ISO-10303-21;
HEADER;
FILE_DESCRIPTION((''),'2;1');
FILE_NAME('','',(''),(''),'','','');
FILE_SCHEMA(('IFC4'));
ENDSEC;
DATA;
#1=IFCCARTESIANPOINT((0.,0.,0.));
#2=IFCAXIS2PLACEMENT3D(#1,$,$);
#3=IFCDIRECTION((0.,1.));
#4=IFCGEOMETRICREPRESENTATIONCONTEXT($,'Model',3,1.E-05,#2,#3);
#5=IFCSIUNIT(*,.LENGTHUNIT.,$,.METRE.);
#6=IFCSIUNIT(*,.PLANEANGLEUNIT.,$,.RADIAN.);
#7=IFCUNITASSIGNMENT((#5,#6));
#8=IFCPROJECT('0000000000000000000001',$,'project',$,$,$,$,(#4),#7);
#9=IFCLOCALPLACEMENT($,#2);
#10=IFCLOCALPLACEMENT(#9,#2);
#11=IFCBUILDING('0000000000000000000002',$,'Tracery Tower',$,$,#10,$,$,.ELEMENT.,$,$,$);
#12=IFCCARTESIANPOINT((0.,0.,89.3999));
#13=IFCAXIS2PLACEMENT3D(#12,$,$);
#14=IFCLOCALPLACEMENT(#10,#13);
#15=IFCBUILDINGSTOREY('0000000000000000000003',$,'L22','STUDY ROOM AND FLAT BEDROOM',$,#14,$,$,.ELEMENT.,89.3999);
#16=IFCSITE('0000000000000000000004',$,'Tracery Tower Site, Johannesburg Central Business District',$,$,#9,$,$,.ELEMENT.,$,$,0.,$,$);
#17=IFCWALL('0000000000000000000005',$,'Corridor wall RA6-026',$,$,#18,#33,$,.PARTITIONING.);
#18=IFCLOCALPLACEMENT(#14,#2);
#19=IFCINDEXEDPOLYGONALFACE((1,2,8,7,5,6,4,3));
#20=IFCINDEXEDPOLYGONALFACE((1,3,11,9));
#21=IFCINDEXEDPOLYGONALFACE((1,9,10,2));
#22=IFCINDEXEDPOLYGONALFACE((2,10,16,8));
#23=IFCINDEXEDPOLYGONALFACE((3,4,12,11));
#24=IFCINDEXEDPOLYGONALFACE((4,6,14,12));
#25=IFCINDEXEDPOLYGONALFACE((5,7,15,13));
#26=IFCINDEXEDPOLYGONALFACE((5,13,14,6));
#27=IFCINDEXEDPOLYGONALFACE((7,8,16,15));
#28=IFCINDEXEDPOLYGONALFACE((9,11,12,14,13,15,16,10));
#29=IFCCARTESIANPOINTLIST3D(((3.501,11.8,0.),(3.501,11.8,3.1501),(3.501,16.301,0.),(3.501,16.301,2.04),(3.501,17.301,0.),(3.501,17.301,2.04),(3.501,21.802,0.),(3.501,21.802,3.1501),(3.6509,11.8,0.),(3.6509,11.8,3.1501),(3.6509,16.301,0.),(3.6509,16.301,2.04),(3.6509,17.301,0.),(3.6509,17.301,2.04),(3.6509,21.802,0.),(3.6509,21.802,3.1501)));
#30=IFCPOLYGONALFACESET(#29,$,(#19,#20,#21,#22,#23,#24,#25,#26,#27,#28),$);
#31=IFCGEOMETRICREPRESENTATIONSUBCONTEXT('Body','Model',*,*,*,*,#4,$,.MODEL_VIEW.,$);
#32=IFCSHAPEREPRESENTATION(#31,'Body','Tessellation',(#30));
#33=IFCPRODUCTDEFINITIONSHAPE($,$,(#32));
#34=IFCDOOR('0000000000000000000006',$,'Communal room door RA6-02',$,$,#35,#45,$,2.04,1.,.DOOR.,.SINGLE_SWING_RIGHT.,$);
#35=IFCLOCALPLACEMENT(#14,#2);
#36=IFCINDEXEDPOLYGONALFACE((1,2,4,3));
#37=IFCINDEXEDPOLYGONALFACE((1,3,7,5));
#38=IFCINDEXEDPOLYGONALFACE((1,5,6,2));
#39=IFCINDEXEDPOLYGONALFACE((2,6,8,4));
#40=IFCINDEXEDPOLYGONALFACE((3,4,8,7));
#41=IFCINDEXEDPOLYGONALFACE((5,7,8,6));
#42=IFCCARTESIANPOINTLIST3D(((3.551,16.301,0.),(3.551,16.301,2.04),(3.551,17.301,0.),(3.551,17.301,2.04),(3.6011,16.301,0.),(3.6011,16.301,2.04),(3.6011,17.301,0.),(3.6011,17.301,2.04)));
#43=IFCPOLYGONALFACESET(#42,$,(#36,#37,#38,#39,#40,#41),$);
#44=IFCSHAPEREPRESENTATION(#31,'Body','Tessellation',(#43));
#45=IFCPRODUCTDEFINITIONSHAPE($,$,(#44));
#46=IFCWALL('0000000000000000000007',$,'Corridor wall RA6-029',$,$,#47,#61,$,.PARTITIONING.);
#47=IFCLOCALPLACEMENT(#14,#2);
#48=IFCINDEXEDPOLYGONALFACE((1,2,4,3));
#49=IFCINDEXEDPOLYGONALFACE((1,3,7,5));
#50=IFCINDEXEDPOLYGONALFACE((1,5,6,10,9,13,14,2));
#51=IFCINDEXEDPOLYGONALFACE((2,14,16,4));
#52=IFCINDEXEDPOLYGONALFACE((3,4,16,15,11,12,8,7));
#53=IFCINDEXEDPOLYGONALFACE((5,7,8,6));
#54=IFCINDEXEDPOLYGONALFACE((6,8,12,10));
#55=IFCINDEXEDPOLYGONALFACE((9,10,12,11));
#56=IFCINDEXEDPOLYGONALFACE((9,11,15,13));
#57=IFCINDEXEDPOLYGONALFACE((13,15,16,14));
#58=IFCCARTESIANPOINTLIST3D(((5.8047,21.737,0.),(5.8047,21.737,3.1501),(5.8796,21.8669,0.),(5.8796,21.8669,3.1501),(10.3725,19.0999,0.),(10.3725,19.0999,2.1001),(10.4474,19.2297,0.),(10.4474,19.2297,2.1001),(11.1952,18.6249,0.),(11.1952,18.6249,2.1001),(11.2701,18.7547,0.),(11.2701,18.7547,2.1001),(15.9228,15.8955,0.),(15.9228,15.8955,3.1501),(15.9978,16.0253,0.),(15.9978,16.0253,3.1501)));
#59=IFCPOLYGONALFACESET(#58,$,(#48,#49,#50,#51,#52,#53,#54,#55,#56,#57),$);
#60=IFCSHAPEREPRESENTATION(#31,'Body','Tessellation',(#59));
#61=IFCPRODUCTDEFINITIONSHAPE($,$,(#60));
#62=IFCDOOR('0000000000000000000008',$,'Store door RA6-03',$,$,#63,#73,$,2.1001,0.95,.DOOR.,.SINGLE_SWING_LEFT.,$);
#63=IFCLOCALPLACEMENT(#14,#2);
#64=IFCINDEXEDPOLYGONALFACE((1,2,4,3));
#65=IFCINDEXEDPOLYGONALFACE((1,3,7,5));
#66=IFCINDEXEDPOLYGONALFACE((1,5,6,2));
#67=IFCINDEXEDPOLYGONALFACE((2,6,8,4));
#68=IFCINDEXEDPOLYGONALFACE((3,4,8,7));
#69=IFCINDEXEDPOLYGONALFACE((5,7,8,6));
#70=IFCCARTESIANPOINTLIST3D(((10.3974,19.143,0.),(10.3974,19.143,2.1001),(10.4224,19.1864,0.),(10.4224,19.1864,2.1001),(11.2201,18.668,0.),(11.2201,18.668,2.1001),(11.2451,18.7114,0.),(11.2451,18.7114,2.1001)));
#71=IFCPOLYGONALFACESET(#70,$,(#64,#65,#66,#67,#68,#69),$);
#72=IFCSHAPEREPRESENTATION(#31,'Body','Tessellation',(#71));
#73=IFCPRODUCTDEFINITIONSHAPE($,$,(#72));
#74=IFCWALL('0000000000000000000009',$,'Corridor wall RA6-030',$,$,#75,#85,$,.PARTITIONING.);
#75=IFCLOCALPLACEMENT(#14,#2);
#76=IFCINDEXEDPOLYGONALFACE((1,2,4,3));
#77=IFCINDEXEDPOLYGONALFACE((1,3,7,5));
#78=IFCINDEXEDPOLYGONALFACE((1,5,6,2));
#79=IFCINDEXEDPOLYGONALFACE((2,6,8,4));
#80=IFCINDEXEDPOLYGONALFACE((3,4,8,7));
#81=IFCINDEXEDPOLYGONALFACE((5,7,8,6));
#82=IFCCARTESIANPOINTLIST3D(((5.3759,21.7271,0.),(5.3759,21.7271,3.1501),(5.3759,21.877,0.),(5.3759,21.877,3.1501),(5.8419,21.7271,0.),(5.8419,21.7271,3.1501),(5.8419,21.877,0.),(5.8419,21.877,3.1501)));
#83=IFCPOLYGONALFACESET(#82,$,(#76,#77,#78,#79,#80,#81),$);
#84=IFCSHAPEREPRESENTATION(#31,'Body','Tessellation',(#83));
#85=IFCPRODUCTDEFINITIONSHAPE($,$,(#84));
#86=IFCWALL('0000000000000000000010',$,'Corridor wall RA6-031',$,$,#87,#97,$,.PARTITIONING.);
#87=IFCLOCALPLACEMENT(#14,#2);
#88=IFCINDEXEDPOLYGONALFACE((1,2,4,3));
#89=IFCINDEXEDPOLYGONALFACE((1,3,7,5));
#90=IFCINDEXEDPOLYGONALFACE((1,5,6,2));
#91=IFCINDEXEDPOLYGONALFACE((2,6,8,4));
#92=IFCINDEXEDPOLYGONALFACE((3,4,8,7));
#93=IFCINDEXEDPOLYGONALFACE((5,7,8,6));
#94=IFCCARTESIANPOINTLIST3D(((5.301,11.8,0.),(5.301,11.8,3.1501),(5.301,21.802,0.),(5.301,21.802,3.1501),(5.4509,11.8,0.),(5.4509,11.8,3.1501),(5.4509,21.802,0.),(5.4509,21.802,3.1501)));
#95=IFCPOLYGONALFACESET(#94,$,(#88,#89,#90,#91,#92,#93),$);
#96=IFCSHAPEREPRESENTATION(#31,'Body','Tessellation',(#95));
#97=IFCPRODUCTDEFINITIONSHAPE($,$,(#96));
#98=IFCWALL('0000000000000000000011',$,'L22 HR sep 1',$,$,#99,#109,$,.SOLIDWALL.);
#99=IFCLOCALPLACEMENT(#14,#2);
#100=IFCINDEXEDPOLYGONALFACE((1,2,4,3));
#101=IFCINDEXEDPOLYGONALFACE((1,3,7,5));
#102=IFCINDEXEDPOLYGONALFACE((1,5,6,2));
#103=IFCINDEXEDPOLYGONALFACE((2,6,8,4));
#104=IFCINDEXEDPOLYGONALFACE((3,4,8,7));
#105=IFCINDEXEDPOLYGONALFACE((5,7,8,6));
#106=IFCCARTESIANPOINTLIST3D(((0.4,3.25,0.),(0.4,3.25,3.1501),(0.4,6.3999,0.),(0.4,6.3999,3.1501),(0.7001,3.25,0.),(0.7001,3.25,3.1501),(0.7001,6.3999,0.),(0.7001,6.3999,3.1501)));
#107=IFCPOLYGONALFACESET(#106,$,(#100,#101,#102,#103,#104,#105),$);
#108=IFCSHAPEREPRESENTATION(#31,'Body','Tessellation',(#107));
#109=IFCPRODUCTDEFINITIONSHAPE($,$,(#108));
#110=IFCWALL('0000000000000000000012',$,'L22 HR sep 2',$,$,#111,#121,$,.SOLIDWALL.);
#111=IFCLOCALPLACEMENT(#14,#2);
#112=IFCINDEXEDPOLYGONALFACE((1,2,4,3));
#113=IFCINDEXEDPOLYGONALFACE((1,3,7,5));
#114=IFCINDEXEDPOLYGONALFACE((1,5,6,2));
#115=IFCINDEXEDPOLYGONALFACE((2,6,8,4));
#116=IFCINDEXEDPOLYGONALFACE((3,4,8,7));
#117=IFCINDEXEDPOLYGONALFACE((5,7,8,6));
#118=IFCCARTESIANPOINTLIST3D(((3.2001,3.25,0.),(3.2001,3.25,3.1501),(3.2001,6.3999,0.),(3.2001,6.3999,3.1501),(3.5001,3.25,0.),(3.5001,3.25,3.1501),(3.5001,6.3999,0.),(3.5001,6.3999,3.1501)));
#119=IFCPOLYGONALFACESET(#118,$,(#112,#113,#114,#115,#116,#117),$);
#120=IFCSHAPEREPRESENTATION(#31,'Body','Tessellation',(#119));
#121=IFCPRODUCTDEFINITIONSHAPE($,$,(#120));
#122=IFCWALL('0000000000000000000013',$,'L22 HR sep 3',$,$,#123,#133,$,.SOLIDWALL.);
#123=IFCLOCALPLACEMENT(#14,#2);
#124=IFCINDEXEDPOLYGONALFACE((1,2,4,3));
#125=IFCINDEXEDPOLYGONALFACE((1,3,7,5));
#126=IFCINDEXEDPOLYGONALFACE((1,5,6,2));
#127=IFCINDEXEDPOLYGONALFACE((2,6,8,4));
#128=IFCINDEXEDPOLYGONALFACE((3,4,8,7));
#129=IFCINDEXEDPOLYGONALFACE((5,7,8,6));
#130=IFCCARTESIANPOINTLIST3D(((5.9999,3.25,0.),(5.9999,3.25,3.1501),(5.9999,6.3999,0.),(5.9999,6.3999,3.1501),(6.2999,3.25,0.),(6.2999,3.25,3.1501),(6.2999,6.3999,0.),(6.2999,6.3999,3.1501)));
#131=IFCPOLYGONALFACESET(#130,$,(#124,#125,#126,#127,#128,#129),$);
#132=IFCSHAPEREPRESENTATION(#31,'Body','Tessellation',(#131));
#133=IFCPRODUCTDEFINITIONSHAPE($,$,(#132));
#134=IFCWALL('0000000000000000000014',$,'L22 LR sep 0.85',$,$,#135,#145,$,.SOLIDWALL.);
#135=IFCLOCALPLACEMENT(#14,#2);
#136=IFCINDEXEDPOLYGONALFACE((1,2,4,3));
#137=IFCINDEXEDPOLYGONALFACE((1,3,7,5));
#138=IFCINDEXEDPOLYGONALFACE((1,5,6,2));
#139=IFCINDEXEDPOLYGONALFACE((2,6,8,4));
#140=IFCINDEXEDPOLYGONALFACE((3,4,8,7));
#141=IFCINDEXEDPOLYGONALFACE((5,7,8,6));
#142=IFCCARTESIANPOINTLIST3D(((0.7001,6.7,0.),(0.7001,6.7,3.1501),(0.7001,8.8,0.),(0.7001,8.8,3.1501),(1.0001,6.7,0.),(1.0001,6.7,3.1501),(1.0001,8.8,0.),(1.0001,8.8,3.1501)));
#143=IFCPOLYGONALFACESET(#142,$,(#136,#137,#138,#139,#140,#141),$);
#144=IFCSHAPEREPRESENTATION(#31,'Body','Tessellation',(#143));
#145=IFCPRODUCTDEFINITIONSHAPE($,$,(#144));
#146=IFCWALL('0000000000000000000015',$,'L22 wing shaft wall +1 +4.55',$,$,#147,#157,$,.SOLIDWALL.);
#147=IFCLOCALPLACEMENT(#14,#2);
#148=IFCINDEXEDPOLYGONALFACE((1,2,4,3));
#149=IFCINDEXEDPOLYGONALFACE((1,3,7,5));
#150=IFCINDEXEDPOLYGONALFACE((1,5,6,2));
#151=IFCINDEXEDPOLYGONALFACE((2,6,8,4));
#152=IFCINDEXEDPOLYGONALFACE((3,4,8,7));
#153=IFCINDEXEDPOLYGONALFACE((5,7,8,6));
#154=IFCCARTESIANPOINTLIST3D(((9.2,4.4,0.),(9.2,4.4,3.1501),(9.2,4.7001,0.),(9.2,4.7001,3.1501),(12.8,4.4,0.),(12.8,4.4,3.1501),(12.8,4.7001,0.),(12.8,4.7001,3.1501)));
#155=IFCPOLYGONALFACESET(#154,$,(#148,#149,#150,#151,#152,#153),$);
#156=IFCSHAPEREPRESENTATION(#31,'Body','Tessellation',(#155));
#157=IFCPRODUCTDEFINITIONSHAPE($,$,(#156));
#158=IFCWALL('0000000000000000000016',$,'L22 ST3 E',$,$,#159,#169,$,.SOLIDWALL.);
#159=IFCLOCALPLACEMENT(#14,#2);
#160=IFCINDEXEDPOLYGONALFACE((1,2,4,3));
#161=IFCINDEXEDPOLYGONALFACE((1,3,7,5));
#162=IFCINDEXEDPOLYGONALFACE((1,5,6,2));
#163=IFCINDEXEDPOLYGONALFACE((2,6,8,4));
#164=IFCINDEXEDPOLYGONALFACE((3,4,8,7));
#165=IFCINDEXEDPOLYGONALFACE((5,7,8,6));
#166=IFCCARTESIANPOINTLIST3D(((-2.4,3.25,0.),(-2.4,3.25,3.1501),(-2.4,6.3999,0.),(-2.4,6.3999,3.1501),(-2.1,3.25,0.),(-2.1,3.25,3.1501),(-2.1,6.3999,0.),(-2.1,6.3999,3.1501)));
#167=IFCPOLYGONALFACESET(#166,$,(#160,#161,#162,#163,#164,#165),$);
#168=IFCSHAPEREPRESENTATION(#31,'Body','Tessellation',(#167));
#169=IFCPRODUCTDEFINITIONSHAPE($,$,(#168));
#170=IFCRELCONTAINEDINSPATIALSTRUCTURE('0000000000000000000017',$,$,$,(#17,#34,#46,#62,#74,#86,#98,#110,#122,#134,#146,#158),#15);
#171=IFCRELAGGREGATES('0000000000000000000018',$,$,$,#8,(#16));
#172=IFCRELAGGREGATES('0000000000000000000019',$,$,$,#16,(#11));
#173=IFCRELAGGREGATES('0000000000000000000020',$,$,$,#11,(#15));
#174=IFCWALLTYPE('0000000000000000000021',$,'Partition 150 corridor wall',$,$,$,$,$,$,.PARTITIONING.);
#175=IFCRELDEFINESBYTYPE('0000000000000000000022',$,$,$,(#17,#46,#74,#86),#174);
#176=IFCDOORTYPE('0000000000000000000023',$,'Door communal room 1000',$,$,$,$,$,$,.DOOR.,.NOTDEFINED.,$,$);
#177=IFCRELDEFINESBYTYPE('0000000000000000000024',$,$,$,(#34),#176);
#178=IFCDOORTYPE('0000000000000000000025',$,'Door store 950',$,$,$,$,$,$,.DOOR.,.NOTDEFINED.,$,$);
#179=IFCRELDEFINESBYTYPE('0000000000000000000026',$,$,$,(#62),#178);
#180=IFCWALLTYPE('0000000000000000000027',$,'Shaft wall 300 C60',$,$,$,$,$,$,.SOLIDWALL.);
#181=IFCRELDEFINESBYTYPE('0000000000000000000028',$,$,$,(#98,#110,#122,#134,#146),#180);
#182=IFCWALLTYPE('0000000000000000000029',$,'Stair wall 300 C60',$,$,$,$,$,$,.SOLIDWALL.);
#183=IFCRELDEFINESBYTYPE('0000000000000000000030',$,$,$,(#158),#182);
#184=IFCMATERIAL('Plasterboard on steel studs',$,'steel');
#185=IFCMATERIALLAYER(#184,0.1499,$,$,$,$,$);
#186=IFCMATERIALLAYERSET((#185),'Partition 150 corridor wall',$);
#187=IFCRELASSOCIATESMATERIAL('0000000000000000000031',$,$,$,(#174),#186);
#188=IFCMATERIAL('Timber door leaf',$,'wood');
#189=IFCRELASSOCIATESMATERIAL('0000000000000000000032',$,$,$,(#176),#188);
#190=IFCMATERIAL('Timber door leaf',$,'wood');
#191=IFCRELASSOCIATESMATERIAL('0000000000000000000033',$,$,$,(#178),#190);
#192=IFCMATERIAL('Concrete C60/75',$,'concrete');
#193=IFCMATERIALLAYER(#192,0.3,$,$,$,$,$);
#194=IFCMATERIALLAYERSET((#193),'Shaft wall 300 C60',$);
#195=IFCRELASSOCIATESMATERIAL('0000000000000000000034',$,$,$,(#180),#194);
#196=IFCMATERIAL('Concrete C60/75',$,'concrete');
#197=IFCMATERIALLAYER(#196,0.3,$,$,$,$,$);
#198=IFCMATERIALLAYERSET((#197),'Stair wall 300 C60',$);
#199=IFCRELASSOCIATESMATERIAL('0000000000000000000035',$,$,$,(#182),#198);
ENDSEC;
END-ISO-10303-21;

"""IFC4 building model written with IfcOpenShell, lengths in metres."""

from ifc_helpers import new_model, si_unit, direction, frame, frame_2d, origin, place, context, subcontext, project, spatial, rectangle, extrude, material, layer, layer_set, type_object, element, fill, save


model = new_model("IFC4")

# Units and contexts
model_context = context("Model", 3, precision=1e-05, world=origin(), true_north=direction((0.0, 1.0)))
body_context = subcontext(model_context, "Body", "Model", "MODEL_VIEW")
ifc_project = project(units=[si_unit("LENGTHUNIT", "METRE"), si_unit("PLANEANGLEUNIT", "RADIAN")], contexts=[model_context])

# Site, building, storey
site_placement = place(None, origin())
site = spatial("IfcSite", under=ifc_project, at=site_placement, Name="Tracery Tower Site, Johannesburg Central Business District", CompositionType="ELEMENT", RefElevation=0.0)
building_placement = place(site_placement, origin())
building = spatial("IfcBuilding", under=site, at=building_placement, Name="Tracery Tower", CompositionType="ELEMENT")
storey_placement = place(building_placement, frame((0.0, 0.0, 89.3999)))
storey = spatial("IfcBuildingStorey", under=building, at=storey_placement, Name="L22", Description="STUDY ROOM AND FLAT BEDROOM", CompositionType="ELEMENT", Elevation=89.3999)

# Shared definitions
ifc_material_1 = material(Name="Plasterboard on steel studs", Category="steel")
ifc_layer_1 = layer(ifc_material_1, 0.1499)
ifc_layer_set_1 = layer_set([ifc_layer_1], Name="Partition 150 corridor wall")
wall_type_1 = type_object("IfcWallType", Name="Partition 150 corridor wall", PredefinedType="PARTITIONING", material=ifc_layer_set_1)

# Walls, openings, doors
wall_1_placement = place(storey_placement, frame((3.5759, 11.8, 0.0), z_axis=(0.0, 0.0, 1.0), x_axis=(0.0, 1.0, 0.0)))
wall_1 = element("IfcWall", 1, at=wall_1_placement, inside=storey, type_object=wall_type_1, Name="Corridor wall RA6-026", PredefinedType="PARTITIONING", context=body_context, shape_type="SweptSolid", body=[
    extrude(rectangle(XDim=10.002, YDim=0.1499, at=frame_2d((5.001, 0.0))), origin(), (0.0, 0.0, 1.0), 3.1501),
])
opening_1_placement = place(wall_1_placement, frame((4.501, 0.0, 0.0)))
opening_1 = element("IfcOpeningElement", 2, at=opening_1_placement, cuts=wall_1, PredefinedType="OPENING", context=body_context, shape_type="SweptSolid", body=[
    extrude(rectangle(XDim=1.0, YDim=2.04, at=frame_2d((0.5, 1.02))), frame((0.0, 0.075, 0.0), z_axis=(0.0, -1.0, 0.0), x_axis=(1.0, 0.0, 0.0)), (0.0, 0.0, 1.0), 0.1499),
])
ifc_material_2 = material(Name="Timber door leaf", Category="wood")
door_type_1 = type_object("IfcDoorType", Name="Door communal room 1000", OperationType="NOTDEFINED", PredefinedType="DOOR", material=ifc_material_2)
door_1_placement = place(opening_1_placement, origin())
door_1 = element("IfcDoor", 3, at=door_1_placement, inside=storey, type_object=door_type_1, Name="Communal room door RA6-02", OperationType="SINGLE_SWING_RIGHT", OverallHeight=2.04, OverallWidth=1.0, PredefinedType="DOOR", context=body_context, shape_type="SweptSolid", body=[
    extrude(rectangle(XDim=1.0, YDim=2.04, at=frame_2d((0.5, 1.02))), frame((0.0, 0.0249, 0.0), z_axis=(0.0, -1.0, 0.0), x_axis=(1.0, 0.0, 0.0)), (0.0, 0.0, 1.0), 0.05),
])
fill(opening_1, door_1)
wall_2_placement = place(storey_placement, frame((5.842, 21.802, 0.0), z_axis=(0.0, 0.0, 1.0), x_axis=(0.866032, -0.499989, 0.0)))
wall_2 = element("IfcWall", 4, at=wall_2_placement, inside=storey, type_object=wall_type_1, Name="Corridor wall RA6-029", PredefinedType="PARTITIONING", context=body_context, shape_type="SweptSolid", body=[
    extrude(rectangle(XDim=11.6833, YDim=0.1499, at=frame_2d((5.8418, 0.0))), origin(), (0.0, 0.0, 1.0), 3.1501),
])
opening_2_placement = place(wall_2_placement, frame((5.2744, 0.0, 0.0)))
opening_2 = element("IfcOpeningElement", 5, at=opening_2_placement, cuts=wall_2, PredefinedType="OPENING", context=body_context, shape_type="SweptSolid", body=[
    extrude(rectangle(XDim=0.95, YDim=2.1001, at=frame_2d((0.4751, 1.05))), frame((0.0, 0.075, 0.0), z_axis=(0.0, -1.0, 0.0), x_axis=(1.0, 0.0, 0.0)), (0.0, 0.0, 1.0), 0.1499),
])
ifc_material_3 = material(Name="Timber door leaf", Category="wood")
door_type_2 = type_object("IfcDoorType", Name="Door store 950", OperationType="NOTDEFINED", PredefinedType="DOOR", material=ifc_material_3)
door_2_placement = place(opening_2_placement, origin())
door_2 = element("IfcDoor", 6, at=door_2_placement, inside=storey, type_object=door_type_2, Name="Store door RA6-03", OperationType="SINGLE_SWING_LEFT", OverallHeight=2.1001, OverallWidth=0.95, PredefinedType="DOOR", context=body_context, shape_type="SweptSolid", body=[
    extrude(rectangle(XDim=0.95, YDim=2.1001, at=frame_2d((0.4751, 1.05))), frame((0.0, 0.0249, 0.0), z_axis=(0.0, -1.0, 0.0), x_axis=(1.0, 0.0, 0.0)), (0.0, 0.0, 1.0), 0.05),
])
fill(opening_2, door_2)

# Walls
wall_3_placement = place(storey_placement, frame((5.376, 21.802, 0.0), z_axis=(0.0, 0.0, 1.0), x_axis=(1.0, 0.0, 0.0)))
element("IfcWall", 7, at=wall_3_placement, inside=storey, type_object=wall_type_1, Name="Corridor wall RA6-030", PredefinedType="PARTITIONING", context=body_context, shape_type="SweptSolid", body=[
    extrude(rectangle(XDim=0.4661, YDim=0.1499, at=frame_2d((0.2329, 0.0))), origin(), (0.0, 0.0, 1.0), 3.1501),
])
wall_4_placement = place(storey_placement, frame((5.376, 11.8, 0.0), z_axis=(0.0, 0.0, 1.0), x_axis=(0.0, 1.0, 0.0)))
element("IfcWall", 8, at=wall_4_placement, inside=storey, type_object=wall_type_1, Name="Corridor wall RA6-031", PredefinedType="PARTITIONING", context=body_context, shape_type="SweptSolid", body=[
    extrude(rectangle(XDim=10.002, YDim=0.1499, at=frame_2d((5.001, 0.0))), origin(), (0.0, 0.0, 1.0), 3.1501),
])
ifc_material_4 = material(Name="Concrete C60/75", Category="concrete")
ifc_layer_2 = layer(ifc_material_4, 0.3)
ifc_layer_set_2 = layer_set([ifc_layer_2], Name="Shaft wall 300 C60")
wall_type_2 = type_object("IfcWallType", Name="Shaft wall 300 C60", PredefinedType="SOLIDWALL", material=ifc_layer_set_2)
for number, where, z_axis, x_axis, name in (
    (9, (0.55, 3.25, 0.0), (0.0, 0.0, 1.0), (0.0, 1.0, 0.0), "L22 HR sep 1"),
    (10, (3.3501, 3.25, 0.0), (0.0, 0.0, 1.0), (0.0, 1.0, 0.0), "L22 HR sep 2"),
    (11, (6.1499, 3.25, 0.0), (0.0, 0.0, 1.0), (0.0, 1.0, 0.0), "L22 HR sep 3"),
):
    element("IfcWall", number, at=place(storey_placement, frame(where, z_axis=z_axis, x_axis=x_axis)), inside=storey, type_object=wall_type_2, Name=name, PredefinedType="SOLIDWALL", context=body_context, shape_type="SweptSolid", body=[
        extrude(rectangle(XDim=3.1499, YDim=0.3, at=frame_2d((1.575, 0.0))), origin(), (0.0, 0.0, 1.0), 3.1501),
    ])
wall_5_placement = place(storey_placement, frame((0.8501, 6.7, 0.0), z_axis=(0.0, 0.0, 1.0), x_axis=(0.0, 1.0, 0.0)))
element("IfcWall", 12, at=wall_5_placement, inside=storey, type_object=wall_type_2, Name="L22 LR sep 0.85", PredefinedType="SOLIDWALL", context=body_context, shape_type="SweptSolid", body=[
    extrude(rectangle(XDim=2.1001, YDim=0.3, at=frame_2d((1.05, 0.0))), origin(), (0.0, 0.0, 1.0), 3.1501),
])
wall_6_placement = place(storey_placement, frame((9.2, 4.55, 0.0), z_axis=(0.0, 0.0, 1.0), x_axis=(1.0, 0.0, 0.0)))
element("IfcWall", 13, at=wall_6_placement, inside=storey, type_object=wall_type_2, Name="L22 wing shaft wall +1 +4.55", PredefinedType="SOLIDWALL", context=body_context, shape_type="SweptSolid", body=[
    extrude(rectangle(XDim=3.6001, YDim=0.3, at=frame_2d((1.8, 0.0))), origin(), (0.0, 0.0, 1.0), 3.1501),
])
ifc_material_5 = material(Name="Concrete C60/75", Category="concrete")
ifc_layer_3 = layer(ifc_material_5, 0.3)
ifc_layer_set_3 = layer_set([ifc_layer_3], Name="Stair wall 300 C60")
wall_type_3 = type_object("IfcWallType", Name="Stair wall 300 C60", PredefinedType="SOLIDWALL", material=ifc_layer_set_3)
wall_7_placement = place(storey_placement, frame((-2.25, 3.25, 0.0), z_axis=(0.0, 0.0, 1.0), x_axis=(0.0, 1.0, 0.0)))
element("IfcWall", 14, at=wall_7_placement, inside=storey, type_object=wall_type_3, Name="L22 ST3 E", PredefinedType="SOLIDWALL", context=body_context, shape_type="SweptSolid", body=[
    extrude(rectangle(XDim=3.1499, YDim=0.3, at=frame_2d((1.575, 0.0))), origin(), (0.0, 0.0, 1.0), 3.1501),
])

save(model, "model.ifc")
